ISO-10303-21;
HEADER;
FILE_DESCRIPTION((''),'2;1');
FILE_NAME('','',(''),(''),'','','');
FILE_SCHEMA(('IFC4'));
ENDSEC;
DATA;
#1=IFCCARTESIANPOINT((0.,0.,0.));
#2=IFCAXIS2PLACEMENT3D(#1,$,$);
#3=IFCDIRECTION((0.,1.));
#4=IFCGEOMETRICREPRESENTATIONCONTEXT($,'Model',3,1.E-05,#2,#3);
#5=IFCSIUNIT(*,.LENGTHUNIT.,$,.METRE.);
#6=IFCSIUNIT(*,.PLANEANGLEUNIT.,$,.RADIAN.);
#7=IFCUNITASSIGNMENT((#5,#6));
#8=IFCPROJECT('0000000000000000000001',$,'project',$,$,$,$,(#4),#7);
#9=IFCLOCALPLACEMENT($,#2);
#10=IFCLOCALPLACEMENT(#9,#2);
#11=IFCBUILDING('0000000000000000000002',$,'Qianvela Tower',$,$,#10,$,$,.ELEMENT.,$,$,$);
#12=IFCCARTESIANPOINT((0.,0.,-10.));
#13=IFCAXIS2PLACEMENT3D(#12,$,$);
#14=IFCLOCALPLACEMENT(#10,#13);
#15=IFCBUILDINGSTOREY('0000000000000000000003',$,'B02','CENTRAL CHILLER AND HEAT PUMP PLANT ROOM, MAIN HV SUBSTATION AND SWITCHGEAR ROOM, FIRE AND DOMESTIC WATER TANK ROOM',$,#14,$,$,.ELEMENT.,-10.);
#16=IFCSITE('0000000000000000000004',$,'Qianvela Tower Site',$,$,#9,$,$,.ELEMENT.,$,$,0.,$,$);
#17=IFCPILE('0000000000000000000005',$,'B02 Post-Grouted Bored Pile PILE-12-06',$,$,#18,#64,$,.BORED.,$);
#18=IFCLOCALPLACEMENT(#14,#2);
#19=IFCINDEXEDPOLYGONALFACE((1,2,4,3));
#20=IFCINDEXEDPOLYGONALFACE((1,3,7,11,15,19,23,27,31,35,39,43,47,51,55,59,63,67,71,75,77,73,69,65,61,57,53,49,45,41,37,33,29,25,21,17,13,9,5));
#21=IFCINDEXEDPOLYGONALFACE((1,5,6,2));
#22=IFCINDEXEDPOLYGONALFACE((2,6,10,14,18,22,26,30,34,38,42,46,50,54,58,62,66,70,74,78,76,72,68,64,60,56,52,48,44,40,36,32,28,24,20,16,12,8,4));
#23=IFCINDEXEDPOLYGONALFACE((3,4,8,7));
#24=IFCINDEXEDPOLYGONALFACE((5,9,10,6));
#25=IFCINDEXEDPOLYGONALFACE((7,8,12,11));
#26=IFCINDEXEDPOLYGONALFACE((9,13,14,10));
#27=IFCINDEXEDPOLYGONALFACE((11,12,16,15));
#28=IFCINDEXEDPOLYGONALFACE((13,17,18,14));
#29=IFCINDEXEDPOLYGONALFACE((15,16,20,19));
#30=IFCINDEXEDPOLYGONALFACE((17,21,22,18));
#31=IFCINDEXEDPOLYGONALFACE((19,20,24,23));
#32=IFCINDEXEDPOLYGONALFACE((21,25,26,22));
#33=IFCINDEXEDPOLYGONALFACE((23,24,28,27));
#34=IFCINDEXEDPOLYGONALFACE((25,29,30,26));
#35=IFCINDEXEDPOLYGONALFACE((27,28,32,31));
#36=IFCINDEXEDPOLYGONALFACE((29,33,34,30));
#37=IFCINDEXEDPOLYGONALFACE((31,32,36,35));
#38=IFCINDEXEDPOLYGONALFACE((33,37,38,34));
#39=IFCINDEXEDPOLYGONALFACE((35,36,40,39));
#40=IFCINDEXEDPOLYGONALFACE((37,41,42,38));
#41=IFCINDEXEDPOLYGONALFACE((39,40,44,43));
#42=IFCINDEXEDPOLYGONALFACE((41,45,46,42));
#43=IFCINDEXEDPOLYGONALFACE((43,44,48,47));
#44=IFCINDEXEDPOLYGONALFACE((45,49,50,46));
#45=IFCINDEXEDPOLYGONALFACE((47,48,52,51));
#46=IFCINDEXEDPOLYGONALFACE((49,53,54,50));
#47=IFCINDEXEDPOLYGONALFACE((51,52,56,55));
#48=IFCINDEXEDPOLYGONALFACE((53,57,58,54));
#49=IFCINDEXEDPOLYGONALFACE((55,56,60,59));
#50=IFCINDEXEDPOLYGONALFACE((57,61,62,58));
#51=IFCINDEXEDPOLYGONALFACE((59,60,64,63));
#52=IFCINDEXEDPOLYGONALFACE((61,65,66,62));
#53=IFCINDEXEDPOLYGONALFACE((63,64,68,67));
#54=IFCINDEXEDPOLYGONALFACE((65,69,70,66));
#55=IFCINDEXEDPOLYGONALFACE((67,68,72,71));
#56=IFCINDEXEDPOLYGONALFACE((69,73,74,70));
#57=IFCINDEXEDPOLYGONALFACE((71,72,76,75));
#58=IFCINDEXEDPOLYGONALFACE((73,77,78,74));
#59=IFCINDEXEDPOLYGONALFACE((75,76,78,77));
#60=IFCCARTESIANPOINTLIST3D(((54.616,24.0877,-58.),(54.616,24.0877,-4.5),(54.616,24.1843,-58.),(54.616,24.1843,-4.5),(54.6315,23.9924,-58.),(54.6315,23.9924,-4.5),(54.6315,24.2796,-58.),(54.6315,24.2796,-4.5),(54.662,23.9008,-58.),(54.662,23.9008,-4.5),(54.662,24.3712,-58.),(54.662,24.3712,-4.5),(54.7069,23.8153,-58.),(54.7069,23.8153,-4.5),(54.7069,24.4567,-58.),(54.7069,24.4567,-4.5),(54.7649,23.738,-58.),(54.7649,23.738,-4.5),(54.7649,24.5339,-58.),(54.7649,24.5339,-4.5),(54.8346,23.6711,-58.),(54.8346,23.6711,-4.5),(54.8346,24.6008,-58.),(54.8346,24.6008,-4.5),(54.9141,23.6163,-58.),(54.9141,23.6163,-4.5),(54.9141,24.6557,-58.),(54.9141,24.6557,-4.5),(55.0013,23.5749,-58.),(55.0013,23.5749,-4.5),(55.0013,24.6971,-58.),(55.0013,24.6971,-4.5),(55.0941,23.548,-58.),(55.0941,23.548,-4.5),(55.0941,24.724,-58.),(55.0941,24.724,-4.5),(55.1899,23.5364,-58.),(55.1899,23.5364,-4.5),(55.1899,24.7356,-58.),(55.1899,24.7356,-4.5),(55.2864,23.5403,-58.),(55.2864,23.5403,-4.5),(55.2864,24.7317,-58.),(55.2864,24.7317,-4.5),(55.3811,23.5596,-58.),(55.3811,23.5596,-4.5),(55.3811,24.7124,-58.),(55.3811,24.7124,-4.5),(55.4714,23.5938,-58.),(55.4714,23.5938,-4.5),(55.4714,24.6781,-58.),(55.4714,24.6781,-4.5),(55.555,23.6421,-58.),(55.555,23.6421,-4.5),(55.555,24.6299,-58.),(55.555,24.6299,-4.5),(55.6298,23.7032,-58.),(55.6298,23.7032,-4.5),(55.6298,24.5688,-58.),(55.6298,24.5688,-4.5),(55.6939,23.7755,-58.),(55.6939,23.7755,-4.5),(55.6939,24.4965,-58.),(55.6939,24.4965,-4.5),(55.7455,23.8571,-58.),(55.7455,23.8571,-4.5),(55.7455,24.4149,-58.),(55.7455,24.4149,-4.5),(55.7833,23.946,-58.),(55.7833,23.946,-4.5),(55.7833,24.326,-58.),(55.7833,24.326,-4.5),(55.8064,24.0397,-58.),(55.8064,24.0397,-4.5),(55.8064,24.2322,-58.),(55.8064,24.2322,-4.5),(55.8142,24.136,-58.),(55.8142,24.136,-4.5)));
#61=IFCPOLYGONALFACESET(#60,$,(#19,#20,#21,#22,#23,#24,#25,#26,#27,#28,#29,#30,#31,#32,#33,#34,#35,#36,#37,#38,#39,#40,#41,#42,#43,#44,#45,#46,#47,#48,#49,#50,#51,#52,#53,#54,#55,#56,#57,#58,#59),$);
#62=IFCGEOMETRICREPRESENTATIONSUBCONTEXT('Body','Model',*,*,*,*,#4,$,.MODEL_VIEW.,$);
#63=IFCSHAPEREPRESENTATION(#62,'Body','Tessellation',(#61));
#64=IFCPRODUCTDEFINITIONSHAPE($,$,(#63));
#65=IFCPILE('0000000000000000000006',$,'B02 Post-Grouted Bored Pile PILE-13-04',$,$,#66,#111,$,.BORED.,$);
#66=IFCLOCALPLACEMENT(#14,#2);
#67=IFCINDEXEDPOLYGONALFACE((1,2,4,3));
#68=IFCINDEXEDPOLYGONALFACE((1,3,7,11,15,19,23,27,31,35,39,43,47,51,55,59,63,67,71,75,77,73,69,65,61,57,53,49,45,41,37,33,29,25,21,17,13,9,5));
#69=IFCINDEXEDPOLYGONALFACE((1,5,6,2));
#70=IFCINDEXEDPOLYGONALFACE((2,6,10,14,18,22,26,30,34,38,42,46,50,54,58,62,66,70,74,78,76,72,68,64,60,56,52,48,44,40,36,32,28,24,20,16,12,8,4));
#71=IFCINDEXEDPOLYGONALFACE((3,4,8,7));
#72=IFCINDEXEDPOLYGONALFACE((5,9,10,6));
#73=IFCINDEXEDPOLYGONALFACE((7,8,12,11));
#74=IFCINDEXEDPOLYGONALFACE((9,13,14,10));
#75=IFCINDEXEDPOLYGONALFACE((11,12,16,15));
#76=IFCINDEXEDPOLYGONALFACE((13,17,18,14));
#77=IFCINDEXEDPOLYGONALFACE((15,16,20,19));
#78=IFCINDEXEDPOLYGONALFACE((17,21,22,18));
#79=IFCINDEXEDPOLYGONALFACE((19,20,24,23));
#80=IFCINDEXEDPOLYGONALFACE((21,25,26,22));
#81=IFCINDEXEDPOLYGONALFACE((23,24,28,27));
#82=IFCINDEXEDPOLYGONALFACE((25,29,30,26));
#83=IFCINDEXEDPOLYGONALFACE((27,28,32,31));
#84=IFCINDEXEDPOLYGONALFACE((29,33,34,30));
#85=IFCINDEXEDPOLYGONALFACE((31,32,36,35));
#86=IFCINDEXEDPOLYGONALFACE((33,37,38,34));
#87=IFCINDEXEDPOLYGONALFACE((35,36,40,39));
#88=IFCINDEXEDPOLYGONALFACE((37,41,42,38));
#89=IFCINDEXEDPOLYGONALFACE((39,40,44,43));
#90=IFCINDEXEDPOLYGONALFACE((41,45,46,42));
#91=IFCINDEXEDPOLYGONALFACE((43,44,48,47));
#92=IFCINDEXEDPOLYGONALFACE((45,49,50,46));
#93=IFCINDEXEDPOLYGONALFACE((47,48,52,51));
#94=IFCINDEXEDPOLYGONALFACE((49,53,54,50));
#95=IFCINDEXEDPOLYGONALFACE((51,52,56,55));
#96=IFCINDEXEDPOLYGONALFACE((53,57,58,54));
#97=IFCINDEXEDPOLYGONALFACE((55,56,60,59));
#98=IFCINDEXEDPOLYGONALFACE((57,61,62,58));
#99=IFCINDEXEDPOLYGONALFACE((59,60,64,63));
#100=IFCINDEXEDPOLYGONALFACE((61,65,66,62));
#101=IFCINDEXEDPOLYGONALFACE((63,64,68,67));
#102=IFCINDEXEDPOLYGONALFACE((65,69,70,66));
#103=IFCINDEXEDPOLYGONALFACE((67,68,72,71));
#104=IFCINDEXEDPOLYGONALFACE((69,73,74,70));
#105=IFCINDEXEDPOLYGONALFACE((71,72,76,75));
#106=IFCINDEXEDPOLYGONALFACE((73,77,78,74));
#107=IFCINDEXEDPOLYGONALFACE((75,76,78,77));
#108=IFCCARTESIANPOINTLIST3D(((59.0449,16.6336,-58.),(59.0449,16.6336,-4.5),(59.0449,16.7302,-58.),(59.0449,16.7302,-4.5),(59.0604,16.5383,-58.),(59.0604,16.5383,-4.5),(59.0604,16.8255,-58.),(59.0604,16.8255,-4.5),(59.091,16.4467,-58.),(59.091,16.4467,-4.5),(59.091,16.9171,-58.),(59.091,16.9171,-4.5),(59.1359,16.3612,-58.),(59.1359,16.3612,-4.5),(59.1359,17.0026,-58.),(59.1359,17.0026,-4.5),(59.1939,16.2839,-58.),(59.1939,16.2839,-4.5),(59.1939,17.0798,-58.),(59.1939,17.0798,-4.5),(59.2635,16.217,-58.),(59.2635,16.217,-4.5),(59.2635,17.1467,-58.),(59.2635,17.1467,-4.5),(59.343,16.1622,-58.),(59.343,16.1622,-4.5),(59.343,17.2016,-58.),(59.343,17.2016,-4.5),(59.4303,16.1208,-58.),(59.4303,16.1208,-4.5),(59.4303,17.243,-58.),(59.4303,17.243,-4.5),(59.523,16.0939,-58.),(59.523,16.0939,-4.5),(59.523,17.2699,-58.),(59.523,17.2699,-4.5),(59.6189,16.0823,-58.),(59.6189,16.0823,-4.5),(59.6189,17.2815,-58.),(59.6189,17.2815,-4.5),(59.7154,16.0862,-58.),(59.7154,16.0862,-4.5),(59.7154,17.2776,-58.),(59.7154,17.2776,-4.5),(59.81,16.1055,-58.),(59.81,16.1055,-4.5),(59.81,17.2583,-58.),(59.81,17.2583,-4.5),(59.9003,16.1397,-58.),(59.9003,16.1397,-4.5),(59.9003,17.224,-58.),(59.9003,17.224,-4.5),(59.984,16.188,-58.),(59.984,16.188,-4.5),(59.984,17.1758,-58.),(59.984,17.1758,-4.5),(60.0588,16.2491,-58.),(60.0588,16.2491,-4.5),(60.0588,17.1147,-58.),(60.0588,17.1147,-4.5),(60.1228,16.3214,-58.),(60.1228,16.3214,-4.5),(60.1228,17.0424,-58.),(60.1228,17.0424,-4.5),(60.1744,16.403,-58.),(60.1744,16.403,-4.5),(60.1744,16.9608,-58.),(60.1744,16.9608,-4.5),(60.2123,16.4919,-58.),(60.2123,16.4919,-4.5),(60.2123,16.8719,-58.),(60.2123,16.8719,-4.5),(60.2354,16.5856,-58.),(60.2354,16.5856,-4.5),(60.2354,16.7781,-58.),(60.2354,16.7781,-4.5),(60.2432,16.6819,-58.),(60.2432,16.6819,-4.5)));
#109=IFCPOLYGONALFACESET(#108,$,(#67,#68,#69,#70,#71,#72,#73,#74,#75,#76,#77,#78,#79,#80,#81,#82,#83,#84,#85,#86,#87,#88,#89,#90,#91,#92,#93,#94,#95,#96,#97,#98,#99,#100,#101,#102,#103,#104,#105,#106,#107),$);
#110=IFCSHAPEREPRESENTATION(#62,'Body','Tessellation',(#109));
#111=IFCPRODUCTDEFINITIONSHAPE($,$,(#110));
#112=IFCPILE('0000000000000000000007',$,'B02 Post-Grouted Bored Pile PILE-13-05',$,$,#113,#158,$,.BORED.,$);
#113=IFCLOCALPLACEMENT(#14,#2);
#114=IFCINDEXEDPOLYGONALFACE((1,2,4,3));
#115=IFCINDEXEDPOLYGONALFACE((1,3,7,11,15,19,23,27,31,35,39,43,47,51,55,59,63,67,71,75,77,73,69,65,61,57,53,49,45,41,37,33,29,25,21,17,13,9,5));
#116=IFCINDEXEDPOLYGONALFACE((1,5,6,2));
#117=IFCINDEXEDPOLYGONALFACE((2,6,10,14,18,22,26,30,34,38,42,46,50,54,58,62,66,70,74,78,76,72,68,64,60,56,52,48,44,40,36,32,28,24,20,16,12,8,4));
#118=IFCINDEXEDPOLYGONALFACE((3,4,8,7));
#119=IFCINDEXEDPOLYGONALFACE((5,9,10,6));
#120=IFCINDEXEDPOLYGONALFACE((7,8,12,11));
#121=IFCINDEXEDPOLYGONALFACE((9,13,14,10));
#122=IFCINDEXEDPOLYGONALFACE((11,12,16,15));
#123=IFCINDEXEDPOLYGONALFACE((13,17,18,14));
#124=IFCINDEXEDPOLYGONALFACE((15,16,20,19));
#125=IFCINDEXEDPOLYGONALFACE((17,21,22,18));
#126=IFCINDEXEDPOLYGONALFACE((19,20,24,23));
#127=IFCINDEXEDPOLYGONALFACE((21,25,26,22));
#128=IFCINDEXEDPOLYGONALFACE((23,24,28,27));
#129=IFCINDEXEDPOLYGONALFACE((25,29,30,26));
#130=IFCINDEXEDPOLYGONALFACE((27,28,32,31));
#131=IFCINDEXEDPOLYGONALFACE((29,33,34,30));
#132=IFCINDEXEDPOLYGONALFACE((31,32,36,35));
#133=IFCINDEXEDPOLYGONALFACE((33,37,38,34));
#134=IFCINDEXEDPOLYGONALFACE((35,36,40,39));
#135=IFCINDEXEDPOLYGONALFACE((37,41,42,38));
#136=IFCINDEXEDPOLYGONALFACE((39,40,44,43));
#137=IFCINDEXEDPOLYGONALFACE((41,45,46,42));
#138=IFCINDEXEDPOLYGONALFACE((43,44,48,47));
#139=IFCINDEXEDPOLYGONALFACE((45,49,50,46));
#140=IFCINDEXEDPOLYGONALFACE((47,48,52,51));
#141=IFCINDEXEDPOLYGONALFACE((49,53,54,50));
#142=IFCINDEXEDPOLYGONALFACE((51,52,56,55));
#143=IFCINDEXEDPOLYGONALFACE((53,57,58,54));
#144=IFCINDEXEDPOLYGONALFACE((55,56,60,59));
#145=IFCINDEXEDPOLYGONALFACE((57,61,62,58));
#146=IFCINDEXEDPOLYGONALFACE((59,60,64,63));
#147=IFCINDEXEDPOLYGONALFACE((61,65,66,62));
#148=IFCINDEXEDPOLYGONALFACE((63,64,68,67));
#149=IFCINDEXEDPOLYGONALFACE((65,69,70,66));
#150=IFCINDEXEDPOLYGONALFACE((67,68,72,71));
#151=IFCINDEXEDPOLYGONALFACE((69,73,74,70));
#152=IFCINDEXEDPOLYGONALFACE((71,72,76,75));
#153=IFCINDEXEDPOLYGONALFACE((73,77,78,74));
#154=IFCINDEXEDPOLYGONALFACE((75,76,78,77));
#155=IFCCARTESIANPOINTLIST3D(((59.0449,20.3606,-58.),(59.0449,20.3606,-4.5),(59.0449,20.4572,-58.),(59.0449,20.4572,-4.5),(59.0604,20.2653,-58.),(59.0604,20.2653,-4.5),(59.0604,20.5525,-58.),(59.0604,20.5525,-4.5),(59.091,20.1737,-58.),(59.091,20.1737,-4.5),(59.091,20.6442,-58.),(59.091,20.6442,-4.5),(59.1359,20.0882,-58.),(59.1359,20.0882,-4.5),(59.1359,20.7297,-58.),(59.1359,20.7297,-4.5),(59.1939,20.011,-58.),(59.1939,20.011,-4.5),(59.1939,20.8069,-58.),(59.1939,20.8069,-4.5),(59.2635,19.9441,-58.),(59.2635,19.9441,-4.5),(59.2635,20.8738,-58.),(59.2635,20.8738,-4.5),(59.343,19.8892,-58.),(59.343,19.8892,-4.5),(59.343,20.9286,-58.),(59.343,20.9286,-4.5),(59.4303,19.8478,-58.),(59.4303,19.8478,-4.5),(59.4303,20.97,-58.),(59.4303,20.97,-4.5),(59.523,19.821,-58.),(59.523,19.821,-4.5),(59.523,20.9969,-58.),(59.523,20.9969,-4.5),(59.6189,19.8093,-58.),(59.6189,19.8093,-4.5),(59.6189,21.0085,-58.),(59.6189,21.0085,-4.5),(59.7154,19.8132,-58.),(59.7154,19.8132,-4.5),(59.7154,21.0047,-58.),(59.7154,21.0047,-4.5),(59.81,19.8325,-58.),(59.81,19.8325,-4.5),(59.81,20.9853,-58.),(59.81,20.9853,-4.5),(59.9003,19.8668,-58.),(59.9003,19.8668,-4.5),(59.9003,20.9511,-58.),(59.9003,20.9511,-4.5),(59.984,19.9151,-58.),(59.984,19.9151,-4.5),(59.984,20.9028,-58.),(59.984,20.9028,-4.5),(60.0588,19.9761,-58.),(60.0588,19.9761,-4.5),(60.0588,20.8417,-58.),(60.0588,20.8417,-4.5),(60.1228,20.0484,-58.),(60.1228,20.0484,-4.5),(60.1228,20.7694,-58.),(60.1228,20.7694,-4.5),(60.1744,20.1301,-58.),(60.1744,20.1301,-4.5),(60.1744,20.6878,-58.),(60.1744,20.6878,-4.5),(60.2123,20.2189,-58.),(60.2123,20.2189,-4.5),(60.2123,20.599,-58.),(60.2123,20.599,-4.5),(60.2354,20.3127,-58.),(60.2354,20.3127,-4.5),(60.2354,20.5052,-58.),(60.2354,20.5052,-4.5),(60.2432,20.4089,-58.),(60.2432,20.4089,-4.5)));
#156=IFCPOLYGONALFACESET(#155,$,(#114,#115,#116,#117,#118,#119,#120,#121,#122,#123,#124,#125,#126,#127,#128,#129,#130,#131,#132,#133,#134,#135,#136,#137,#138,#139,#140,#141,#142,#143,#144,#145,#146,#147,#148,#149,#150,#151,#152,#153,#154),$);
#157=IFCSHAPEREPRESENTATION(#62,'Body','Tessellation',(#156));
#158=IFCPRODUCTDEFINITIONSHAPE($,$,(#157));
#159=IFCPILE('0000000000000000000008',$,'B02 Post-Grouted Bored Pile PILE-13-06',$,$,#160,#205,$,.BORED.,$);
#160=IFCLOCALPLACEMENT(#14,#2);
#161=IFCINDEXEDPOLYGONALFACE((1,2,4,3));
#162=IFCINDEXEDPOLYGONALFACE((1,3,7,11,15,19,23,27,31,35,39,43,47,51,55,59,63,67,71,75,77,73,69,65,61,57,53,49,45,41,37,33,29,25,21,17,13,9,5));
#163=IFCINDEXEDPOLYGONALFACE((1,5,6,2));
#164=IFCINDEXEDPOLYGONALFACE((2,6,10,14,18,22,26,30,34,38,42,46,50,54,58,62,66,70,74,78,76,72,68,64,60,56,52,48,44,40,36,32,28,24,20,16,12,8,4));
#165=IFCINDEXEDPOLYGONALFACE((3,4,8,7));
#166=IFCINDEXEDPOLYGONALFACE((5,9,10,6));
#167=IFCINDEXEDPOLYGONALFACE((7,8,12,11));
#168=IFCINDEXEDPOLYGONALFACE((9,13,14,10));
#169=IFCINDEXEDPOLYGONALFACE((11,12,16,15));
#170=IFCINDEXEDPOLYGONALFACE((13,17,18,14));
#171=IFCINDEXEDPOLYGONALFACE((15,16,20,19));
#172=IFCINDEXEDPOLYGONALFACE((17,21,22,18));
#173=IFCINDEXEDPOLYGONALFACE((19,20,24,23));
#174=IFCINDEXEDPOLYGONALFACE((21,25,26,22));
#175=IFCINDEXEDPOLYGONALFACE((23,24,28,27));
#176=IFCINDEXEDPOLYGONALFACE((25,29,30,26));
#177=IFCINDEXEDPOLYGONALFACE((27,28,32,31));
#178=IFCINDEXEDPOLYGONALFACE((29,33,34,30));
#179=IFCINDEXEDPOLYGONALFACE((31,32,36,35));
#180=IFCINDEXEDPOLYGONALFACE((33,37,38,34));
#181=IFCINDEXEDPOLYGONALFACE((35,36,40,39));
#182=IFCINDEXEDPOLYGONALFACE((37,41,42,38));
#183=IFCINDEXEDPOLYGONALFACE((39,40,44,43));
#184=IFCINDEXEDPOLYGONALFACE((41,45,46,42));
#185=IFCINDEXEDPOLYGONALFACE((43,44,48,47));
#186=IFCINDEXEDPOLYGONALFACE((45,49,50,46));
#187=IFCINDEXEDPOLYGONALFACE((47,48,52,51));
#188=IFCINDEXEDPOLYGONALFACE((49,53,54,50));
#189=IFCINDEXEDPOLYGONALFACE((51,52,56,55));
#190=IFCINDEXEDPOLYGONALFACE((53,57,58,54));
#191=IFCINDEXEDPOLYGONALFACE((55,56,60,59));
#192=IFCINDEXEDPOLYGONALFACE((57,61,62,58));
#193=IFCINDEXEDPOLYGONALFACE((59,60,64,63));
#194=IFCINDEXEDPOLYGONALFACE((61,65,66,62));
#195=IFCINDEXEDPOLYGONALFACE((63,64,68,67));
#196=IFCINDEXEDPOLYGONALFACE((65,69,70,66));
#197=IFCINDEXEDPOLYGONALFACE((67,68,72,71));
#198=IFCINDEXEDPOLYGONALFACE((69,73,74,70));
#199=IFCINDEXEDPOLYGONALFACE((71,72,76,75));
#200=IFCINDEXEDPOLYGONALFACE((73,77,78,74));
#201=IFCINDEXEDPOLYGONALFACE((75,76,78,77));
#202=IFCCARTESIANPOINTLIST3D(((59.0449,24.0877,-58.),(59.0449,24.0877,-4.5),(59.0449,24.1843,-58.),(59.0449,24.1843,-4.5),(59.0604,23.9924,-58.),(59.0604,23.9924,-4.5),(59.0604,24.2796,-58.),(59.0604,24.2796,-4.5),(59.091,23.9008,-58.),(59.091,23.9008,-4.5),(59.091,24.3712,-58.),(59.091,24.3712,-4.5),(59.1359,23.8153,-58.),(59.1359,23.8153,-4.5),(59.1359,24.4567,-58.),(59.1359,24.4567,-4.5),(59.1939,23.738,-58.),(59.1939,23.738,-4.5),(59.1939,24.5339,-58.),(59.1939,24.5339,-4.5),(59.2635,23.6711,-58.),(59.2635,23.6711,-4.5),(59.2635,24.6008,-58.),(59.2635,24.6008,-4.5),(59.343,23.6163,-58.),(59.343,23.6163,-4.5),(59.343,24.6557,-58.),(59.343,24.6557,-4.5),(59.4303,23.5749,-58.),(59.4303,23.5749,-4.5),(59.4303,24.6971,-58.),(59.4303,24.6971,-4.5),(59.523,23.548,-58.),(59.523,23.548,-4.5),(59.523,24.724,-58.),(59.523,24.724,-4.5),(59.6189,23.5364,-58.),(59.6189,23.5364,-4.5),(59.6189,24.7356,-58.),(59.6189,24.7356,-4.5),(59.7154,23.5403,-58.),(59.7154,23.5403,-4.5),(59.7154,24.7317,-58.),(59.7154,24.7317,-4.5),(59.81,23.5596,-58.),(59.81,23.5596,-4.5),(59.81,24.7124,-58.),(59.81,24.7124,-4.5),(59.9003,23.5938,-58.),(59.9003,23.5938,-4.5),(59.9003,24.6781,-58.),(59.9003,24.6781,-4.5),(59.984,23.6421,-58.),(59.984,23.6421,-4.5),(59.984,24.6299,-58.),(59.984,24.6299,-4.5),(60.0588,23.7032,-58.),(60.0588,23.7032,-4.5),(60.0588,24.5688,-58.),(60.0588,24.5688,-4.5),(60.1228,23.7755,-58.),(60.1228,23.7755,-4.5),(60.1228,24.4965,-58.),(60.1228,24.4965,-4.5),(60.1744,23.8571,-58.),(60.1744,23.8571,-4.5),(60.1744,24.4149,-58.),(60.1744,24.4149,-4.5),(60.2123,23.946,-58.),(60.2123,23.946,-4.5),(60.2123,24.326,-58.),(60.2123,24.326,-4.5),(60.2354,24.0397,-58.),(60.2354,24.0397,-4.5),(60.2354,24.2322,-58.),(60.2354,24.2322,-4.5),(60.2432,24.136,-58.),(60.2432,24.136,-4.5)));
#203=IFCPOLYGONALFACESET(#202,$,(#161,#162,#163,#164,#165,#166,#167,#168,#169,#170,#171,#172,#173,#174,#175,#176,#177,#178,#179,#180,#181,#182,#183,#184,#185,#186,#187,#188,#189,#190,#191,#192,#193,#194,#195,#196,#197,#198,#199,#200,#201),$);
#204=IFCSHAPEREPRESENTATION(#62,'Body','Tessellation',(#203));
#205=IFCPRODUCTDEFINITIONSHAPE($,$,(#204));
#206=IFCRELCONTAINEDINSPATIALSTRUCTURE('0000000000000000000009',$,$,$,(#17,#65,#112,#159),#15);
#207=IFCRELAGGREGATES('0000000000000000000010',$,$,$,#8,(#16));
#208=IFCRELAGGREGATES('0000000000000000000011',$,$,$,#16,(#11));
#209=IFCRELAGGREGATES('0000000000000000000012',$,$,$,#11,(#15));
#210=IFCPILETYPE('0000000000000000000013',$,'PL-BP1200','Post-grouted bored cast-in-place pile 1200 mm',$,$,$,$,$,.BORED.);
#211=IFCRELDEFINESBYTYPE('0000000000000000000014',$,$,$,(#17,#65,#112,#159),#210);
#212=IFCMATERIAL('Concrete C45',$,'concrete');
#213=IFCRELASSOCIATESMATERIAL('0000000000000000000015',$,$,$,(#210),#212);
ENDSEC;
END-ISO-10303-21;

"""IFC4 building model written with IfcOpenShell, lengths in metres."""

from ifc_helpers import new_model, si_unit, direction, frame, origin, origin_2d, place, context, subcontext, project, spatial, circle, extrude, material, material_profile, profile_set, type_object, element, save


model = new_model("IFC4")

# Units and contexts
model_context = context("Model", 3, precision=1e-05, world=origin(), true_north=direction((0.0, 1.0)))
body_context = subcontext(model_context, "Body", "Model", "MODEL_VIEW")
ifc_project = project(units=[si_unit("LENGTHUNIT", "METRE"), si_unit("PLANEANGLEUNIT", "RADIAN")], contexts=[model_context])

# Site, building, storey
site_placement = place(None, origin())
site = spatial("IfcSite", under=ifc_project, at=site_placement, Name="Qianvela Tower Site", CompositionType="ELEMENT", RefElevation=0.0)
building_placement = place(site_placement, origin())
building = spatial("IfcBuilding", under=site, at=building_placement, Name="Qianvela Tower", CompositionType="ELEMENT")
storey_placement = place(building_placement, frame((0.0, 0.0, -10.0)))
storey = spatial("IfcBuildingStorey", under=building, at=storey_placement, Name="B02", Description="CENTRAL CHILLER AND HEAT PUMP PLANT ROOM, MAIN HV SUBSTATION AND SWITCHGEAR ROOM, FIRE AND DOMESTIC WATER TANK ROOM", CompositionType="ELEMENT", Elevation=-10.0)

# Piles
ifc_material_1 = material(Name="Concrete C45", Category="concrete")
ifc_material_profile_1 = material_profile(ifc_material_1, circle(Radius=0.6001, at=origin_2d()), Name="BP-1200")
ifc_profile_set_1 = profile_set([ifc_material_profile_1], Name="Concrete C45")
pile_type_1 = type_object("IfcPileType", Name="PL-BP1200", Description="Post-grouted bored cast-in-place pile 1200 mm", PredefinedType="BORED", material=ifc_profile_set_1)
for number, where, z_axis, x_axis, name in (
    (1, (55.2141, 24.136, -4.5), (0.0, 0.0, -1.0), (1.0, 0.0, 0.0), "B02 Post-Grouted Bored Pile PILE-12-06"),
    (2, (59.6431, 16.6819, -4.5), (0.0, 0.0, -1.0), (1.0, 0.0, 0.0), "B02 Post-Grouted Bored Pile PILE-13-04"),
    (3, (59.6431, 20.4089, -4.5), (0.0, 0.0, -1.0), (1.0, 0.0, 0.0), "B02 Post-Grouted Bored Pile PILE-13-05"),
    (4, (59.6431, 24.136, -4.5), (0.0, 0.0, -1.0), (1.0, 0.0, 0.0), "B02 Post-Grouted Bored Pile PILE-13-06"),
):
    element("IfcPile", number, at=place(storey_placement, frame(where, z_axis=z_axis, x_axis=x_axis)), inside=storey, type_object=pile_type_1, Name=name, PredefinedType="BORED", context=body_context, shape_type="SweptSolid", body=[
        extrude(circle(Radius=0.6001, at=origin_2d()), origin(), (0.0, 0.0, 1.0), 53.5),
    ])

save(model, "model.ifc")
